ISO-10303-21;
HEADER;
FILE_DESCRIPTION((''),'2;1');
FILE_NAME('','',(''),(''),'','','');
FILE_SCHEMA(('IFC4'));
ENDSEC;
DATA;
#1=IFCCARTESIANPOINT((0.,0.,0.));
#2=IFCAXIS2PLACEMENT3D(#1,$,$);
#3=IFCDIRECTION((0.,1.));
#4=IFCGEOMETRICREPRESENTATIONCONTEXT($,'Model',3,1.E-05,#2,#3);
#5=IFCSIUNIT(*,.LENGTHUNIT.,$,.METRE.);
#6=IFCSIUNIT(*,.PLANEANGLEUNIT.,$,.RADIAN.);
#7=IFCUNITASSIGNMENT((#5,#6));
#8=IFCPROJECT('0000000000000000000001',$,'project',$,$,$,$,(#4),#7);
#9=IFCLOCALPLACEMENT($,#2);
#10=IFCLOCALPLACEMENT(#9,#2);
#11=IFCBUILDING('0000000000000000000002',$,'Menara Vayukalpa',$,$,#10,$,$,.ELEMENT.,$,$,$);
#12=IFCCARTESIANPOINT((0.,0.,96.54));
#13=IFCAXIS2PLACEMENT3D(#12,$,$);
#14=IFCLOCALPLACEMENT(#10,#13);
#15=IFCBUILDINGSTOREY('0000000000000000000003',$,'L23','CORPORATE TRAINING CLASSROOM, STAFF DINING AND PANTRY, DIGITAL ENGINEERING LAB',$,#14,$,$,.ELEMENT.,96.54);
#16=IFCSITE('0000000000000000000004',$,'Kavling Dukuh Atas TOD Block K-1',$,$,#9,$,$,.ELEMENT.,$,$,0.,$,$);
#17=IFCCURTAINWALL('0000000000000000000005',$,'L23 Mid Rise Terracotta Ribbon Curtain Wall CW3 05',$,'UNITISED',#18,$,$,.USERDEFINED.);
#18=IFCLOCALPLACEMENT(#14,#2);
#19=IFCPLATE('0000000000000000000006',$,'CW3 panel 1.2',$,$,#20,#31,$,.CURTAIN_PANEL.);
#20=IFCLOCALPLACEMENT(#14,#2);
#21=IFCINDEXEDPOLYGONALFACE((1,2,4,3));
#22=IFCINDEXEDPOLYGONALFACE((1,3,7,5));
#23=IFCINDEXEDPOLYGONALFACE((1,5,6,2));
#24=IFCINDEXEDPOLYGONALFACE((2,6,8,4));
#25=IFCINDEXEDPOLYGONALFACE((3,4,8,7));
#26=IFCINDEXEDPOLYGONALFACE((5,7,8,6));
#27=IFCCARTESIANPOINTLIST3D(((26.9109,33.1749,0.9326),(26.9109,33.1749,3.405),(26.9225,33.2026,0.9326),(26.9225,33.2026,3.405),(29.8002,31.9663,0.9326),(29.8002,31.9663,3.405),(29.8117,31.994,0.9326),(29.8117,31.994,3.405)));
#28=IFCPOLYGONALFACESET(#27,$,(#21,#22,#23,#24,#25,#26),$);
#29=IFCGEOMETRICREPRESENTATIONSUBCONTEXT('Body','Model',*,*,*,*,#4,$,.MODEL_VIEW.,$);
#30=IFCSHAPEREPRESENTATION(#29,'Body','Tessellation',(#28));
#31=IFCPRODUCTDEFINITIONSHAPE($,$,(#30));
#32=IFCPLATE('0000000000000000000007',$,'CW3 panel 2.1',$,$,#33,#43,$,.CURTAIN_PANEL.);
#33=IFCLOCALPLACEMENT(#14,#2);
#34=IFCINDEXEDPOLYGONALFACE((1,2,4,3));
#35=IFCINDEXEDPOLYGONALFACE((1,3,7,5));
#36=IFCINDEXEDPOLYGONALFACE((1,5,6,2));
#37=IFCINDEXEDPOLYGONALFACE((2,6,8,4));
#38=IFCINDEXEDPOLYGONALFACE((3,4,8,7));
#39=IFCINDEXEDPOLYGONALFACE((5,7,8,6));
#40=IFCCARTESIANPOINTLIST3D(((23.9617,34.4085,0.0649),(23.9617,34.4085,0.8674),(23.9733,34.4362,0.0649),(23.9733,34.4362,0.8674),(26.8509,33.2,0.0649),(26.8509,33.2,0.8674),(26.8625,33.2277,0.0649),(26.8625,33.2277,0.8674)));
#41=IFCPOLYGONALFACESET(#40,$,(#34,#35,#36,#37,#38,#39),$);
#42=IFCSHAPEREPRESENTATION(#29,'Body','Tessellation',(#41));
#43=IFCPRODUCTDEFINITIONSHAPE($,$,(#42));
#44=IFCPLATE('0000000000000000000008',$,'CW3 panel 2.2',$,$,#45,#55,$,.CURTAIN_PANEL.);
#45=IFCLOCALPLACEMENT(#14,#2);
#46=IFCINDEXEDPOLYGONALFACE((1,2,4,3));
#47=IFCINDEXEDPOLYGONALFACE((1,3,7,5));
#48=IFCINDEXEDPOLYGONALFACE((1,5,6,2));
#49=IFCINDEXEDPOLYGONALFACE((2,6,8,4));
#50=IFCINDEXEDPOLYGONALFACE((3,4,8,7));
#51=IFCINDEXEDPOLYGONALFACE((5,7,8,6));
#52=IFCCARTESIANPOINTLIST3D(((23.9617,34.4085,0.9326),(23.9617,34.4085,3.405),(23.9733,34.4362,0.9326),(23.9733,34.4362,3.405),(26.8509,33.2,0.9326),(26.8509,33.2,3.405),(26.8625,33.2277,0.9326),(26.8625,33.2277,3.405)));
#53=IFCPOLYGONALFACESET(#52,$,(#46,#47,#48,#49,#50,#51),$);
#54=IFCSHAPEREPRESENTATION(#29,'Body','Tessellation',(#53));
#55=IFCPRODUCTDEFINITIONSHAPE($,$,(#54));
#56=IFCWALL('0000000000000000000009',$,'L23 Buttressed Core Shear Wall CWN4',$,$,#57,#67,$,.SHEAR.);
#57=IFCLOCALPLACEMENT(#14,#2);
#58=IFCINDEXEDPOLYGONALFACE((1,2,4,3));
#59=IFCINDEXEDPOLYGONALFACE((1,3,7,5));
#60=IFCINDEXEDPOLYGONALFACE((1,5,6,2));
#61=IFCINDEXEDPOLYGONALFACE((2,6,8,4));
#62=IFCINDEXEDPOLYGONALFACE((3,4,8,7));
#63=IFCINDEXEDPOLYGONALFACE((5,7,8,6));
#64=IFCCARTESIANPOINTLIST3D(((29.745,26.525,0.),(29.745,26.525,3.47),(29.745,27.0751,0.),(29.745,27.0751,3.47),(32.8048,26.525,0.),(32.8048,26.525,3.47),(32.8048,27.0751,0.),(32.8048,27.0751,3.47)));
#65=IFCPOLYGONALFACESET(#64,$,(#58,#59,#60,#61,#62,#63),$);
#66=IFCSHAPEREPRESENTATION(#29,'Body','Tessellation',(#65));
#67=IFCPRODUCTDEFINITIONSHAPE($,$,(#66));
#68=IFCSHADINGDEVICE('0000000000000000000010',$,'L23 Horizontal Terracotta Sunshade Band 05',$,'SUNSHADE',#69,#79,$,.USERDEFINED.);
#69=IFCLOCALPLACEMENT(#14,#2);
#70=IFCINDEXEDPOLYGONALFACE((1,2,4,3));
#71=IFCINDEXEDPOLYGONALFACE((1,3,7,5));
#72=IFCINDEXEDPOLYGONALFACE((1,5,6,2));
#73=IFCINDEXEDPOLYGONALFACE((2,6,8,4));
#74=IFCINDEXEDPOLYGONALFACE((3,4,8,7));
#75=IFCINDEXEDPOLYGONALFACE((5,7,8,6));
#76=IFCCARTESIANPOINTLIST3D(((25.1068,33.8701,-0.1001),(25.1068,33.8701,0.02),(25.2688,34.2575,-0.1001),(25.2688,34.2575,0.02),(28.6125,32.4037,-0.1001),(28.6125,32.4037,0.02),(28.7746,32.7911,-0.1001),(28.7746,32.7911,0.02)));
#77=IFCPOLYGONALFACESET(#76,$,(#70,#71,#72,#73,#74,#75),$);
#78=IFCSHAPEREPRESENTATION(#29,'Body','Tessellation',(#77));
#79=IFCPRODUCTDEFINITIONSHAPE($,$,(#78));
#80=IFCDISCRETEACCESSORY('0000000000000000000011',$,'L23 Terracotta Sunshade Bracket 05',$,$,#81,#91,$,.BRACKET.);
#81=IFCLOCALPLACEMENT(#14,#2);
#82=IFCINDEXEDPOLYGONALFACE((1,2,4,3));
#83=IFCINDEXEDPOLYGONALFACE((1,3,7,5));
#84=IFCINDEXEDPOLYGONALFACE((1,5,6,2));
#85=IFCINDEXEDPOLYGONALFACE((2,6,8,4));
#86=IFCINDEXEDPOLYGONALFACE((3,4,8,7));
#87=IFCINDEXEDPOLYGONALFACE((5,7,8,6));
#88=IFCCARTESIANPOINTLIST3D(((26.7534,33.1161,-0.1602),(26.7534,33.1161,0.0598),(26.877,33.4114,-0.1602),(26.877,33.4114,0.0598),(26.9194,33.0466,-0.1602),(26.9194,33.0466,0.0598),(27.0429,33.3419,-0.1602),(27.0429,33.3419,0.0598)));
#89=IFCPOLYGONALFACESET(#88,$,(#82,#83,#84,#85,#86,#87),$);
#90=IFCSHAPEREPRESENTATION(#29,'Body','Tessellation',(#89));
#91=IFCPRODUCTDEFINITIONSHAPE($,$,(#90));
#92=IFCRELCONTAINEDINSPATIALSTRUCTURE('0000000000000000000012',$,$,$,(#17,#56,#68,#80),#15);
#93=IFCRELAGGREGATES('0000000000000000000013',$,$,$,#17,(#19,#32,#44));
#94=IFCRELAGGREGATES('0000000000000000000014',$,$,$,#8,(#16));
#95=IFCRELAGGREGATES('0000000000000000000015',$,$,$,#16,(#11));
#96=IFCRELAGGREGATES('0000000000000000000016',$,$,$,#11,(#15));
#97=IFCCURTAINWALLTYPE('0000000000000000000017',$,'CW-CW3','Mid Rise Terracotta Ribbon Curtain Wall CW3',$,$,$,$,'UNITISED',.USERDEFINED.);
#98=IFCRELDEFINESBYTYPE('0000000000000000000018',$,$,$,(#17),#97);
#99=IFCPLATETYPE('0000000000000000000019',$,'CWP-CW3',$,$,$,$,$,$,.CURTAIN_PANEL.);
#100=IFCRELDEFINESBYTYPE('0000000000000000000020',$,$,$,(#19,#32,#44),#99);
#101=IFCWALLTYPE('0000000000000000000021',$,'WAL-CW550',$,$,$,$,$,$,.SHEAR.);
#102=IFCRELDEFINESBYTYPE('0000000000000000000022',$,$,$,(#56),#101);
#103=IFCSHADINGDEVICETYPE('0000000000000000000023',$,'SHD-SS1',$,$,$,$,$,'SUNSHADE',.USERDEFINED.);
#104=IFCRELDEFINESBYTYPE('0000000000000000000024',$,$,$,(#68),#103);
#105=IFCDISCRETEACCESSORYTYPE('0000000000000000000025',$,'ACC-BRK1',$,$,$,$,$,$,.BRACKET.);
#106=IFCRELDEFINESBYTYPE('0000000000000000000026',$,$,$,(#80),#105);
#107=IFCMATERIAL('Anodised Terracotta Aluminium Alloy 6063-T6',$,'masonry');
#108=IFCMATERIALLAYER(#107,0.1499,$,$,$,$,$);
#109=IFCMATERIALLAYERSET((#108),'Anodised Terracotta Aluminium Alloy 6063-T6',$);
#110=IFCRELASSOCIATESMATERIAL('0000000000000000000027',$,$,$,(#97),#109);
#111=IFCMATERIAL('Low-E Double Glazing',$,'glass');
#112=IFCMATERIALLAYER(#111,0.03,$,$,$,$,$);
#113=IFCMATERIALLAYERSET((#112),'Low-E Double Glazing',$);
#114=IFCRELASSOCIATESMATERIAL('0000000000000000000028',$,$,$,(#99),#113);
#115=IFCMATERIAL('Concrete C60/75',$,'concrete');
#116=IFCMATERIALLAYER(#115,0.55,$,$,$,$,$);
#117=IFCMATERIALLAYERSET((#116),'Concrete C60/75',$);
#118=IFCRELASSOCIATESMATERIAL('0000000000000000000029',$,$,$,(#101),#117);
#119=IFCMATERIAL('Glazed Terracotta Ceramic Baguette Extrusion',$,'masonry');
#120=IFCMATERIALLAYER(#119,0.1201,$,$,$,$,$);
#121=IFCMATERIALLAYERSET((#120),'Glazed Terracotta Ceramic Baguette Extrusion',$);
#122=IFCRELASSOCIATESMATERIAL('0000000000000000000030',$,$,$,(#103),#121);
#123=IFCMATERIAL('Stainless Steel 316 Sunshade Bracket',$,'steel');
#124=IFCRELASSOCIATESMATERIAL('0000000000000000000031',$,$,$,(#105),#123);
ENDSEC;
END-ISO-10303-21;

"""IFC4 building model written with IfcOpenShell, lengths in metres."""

from ifc_helpers import new_model, si_unit, direction, frame, frame_2d, origin, origin_2d, place, context, subcontext, project, spatial, rectangle, extrude, material, layer, layer_set, type_object, element, aggregate, save


model = new_model("IFC4")

# Units and contexts
model_context = context("Model", 3, precision=1e-05, world=origin(), true_north=direction((0.0, 1.0)))
body_context = subcontext(model_context, "Body", "Model", "MODEL_VIEW")
ifc_project = project(units=[si_unit("LENGTHUNIT", "METRE"), si_unit("PLANEANGLEUNIT", "RADIAN")], contexts=[model_context])

# Site, building, storey
site_placement = place(None, origin())
site = spatial("IfcSite", under=ifc_project, at=site_placement, Name="Kavling Dukuh Atas TOD Block K-1", CompositionType="ELEMENT", RefElevation=0.0)
building_placement = place(site_placement, origin())
building = spatial("IfcBuilding", under=site, at=building_placement, Name="Menara Vayukalpa", CompositionType="ELEMENT")
storey_placement = place(building_placement, frame((0.0, 0.0, 96.54)))
storey = spatial("IfcBuildingStorey", under=building, at=storey_placement, Name="L23", Description="CORPORATE TRAINING CLASSROOM, STAFF DINING AND PANTRY, DIGITAL ENGINEERING LAB", CompositionType="ELEMENT", Elevation=96.54)

# Shared definitions
ifc_material_1 = material(Name="Anodised Terracotta Aluminium Alloy 6063-T6", Category="masonry")
ifc_layer_1 = layer(ifc_material_1, 0.1499)
ifc_layer_set_1 = layer_set([ifc_layer_1], Name="Anodised Terracotta Aluminium Alloy 6063-T6")
curtain_wall_type = type_object("IfcCurtainWallType", Name="CW-CW3", Description="Mid Rise Terracotta Ribbon Curtain Wall CW3", ElementType="UNITISED", PredefinedType="USERDEFINED", material=ifc_layer_set_1)

# Curtain wall, plates
curtain_wall_1_placement = place(storey_placement, origin())
curtain_wall_1 = element("IfcCurtainWall", 1, at=curtain_wall_1_placement, inside=storey, type_object=curtain_wall_type, Name="L23 Mid Rise Terracotta Ribbon Curtain Wall CW3 05", ObjectType="UNITISED", PredefinedType="USERDEFINED")
ifc_material_2 = material(Name="Low-E Double Glazing", Category="glass")
ifc_layer_2 = layer(ifc_material_2, 0.03)
ifc_layer_set_2 = layer_set([ifc_layer_2], Name="Low-E Double Glazing")
plate_type = type_object("IfcPlateType", Name="CWP-CW3", PredefinedType="CURTAIN_PANEL", material=ifc_layer_set_2)
plate_1_placement = place(storey_placement, frame((28.3613, 32.5845, 0.9326), z_axis=(0.0, 0.0, 1.0), x_axis=(-0.922543, 0.385894, 0.0)))
plate_1 = element("IfcPlate", 2, at=plate_1_placement, type_object=plate_type, Name="CW3 panel 1.2", PredefinedType="CURTAIN_PANEL", context=body_context, shape_type="SweptSolid", body=[
    extrude(rectangle(XDim=3.1318, YDim=0.03, at=origin_2d()), origin(), (0.0, 0.0, 1.0), 2.4724),
])
plate_2_placement = place(storey_placement, frame((25.4121, 33.8181, 0.0649), z_axis=(0.0, 0.0, 1.0), x_axis=(-0.922543, 0.385894, 0.0)))
plate_2 = element("IfcPlate", 3, at=plate_2_placement, type_object=plate_type, Name="CW3 panel 2.1", PredefinedType="CURTAIN_PANEL", context=body_context, shape_type="SweptSolid", body=[
    extrude(rectangle(XDim=3.1318, YDim=0.03, at=origin_2d()), origin(), (0.0, 0.0, 1.0), 0.8025),
])
plate_3_placement = place(storey_placement, frame((25.4121, 33.8181, 0.9326), z_axis=(0.0, 0.0, 1.0), x_axis=(-0.922543, 0.385894, 0.0)))
plate_3 = element("IfcPlate", 4, at=plate_3_placement, type_object=plate_type, Name="CW3 panel 2.2", PredefinedType="CURTAIN_PANEL", context=body_context, shape_type="SweptSolid", body=[
    extrude(rectangle(XDim=3.1318, YDim=0.03, at=origin_2d()), origin(), (0.0, 0.0, 1.0), 2.4724),
])
aggregate(curtain_wall_1, [plate_1, plate_2, plate_3])

# Wall
ifc_material_3 = material(Name="Concrete C60/75", Category="concrete")
ifc_layer_3 = layer(ifc_material_3, 0.55)
ifc_layer_set_3 = layer_set([ifc_layer_3], Name="Concrete C60/75")
wall_type = type_object("IfcWallType", Name="WAL-CW550", PredefinedType="SHEAR", material=ifc_layer_set_3)
wall_placement = place(storey_placement, frame((29.7451, 26.8, 0.0), z_axis=(0.0, 0.0, 1.0), x_axis=(1.0, 0.0, 0.0)))
element("IfcWall", 5, at=wall_placement, inside=storey, type_object=wall_type, Name="L23 Buttressed Core Shear Wall CWN4", PredefinedType="SHEAR", context=body_context, shape_type="SweptSolid", body=[
    extrude(rectangle(XDim=3.0598, YDim=0.55, at=frame_2d((1.5298, 0.0))), origin(), (0.0, 0.0, 1.0), 3.47),
])

# Shading device
ifc_material_4 = material(Name="Glazed Terracotta Ceramic Baguette Extrusion", Category="masonry")
ifc_layer_4 = layer(ifc_material_4, 0.1201)
ifc_layer_set_4 = layer_set([ifc_layer_4], Name="Glazed Terracotta Ceramic Baguette Extrusion")
shading_device_type = type_object("IfcShadingDeviceType", Name="SHD-SS1", ElementType="SUNSHADE", PredefinedType="USERDEFINED", material=ifc_layer_set_4)
shading_device_placement = place(storey_placement, frame((26.9407, 33.3306, -0.1001), z_axis=(0.0, 0.0, 1.0), x_axis=(-0.922545, 0.38589, 0.0)))
element("IfcShadingDevice", 6, at=shading_device_placement, inside=storey, type_object=shading_device_type, Name="L23 Horizontal Terracotta Sunshade Band 05", ObjectType="SUNSHADE", PredefinedType="USERDEFINED", context=body_context, shape_type="SweptSolid", body=[
    extrude(rectangle(XDim=3.8, YDim=0.4199, at=origin_2d()), origin(), (0.0, 0.0, 1.0), 0.1201),
])

# Discrete accessory
ifc_material_5 = material(Name="Stainless Steel 316 Sunshade Bracket", Category="steel")
discrete_accessory_type = type_object("IfcDiscreteAccessoryType", Name="ACC-BRK1", PredefinedType="BRACKET", material=ifc_material_5)
discrete_accessory_placement = place(storey_placement, frame((26.8982, 33.229, -0.1602), z_axis=(0.0, 0.0, 1.0), x_axis=(-0.922545, 0.38589, 0.0)))
element("IfcDiscreteAccessory", 7, at=discrete_accessory_placement, inside=storey, type_object=discrete_accessory_type, Name="L23 Terracotta Sunshade Bracket 05", PredefinedType="BRACKET", context=body_context, shape_type="SweptSolid", body=[
    extrude(rectangle(XDim=0.1799, YDim=0.3201, at=origin_2d()), origin(), (0.0, 0.0, 1.0), 0.22),
])

save(model, "model.ifc")
